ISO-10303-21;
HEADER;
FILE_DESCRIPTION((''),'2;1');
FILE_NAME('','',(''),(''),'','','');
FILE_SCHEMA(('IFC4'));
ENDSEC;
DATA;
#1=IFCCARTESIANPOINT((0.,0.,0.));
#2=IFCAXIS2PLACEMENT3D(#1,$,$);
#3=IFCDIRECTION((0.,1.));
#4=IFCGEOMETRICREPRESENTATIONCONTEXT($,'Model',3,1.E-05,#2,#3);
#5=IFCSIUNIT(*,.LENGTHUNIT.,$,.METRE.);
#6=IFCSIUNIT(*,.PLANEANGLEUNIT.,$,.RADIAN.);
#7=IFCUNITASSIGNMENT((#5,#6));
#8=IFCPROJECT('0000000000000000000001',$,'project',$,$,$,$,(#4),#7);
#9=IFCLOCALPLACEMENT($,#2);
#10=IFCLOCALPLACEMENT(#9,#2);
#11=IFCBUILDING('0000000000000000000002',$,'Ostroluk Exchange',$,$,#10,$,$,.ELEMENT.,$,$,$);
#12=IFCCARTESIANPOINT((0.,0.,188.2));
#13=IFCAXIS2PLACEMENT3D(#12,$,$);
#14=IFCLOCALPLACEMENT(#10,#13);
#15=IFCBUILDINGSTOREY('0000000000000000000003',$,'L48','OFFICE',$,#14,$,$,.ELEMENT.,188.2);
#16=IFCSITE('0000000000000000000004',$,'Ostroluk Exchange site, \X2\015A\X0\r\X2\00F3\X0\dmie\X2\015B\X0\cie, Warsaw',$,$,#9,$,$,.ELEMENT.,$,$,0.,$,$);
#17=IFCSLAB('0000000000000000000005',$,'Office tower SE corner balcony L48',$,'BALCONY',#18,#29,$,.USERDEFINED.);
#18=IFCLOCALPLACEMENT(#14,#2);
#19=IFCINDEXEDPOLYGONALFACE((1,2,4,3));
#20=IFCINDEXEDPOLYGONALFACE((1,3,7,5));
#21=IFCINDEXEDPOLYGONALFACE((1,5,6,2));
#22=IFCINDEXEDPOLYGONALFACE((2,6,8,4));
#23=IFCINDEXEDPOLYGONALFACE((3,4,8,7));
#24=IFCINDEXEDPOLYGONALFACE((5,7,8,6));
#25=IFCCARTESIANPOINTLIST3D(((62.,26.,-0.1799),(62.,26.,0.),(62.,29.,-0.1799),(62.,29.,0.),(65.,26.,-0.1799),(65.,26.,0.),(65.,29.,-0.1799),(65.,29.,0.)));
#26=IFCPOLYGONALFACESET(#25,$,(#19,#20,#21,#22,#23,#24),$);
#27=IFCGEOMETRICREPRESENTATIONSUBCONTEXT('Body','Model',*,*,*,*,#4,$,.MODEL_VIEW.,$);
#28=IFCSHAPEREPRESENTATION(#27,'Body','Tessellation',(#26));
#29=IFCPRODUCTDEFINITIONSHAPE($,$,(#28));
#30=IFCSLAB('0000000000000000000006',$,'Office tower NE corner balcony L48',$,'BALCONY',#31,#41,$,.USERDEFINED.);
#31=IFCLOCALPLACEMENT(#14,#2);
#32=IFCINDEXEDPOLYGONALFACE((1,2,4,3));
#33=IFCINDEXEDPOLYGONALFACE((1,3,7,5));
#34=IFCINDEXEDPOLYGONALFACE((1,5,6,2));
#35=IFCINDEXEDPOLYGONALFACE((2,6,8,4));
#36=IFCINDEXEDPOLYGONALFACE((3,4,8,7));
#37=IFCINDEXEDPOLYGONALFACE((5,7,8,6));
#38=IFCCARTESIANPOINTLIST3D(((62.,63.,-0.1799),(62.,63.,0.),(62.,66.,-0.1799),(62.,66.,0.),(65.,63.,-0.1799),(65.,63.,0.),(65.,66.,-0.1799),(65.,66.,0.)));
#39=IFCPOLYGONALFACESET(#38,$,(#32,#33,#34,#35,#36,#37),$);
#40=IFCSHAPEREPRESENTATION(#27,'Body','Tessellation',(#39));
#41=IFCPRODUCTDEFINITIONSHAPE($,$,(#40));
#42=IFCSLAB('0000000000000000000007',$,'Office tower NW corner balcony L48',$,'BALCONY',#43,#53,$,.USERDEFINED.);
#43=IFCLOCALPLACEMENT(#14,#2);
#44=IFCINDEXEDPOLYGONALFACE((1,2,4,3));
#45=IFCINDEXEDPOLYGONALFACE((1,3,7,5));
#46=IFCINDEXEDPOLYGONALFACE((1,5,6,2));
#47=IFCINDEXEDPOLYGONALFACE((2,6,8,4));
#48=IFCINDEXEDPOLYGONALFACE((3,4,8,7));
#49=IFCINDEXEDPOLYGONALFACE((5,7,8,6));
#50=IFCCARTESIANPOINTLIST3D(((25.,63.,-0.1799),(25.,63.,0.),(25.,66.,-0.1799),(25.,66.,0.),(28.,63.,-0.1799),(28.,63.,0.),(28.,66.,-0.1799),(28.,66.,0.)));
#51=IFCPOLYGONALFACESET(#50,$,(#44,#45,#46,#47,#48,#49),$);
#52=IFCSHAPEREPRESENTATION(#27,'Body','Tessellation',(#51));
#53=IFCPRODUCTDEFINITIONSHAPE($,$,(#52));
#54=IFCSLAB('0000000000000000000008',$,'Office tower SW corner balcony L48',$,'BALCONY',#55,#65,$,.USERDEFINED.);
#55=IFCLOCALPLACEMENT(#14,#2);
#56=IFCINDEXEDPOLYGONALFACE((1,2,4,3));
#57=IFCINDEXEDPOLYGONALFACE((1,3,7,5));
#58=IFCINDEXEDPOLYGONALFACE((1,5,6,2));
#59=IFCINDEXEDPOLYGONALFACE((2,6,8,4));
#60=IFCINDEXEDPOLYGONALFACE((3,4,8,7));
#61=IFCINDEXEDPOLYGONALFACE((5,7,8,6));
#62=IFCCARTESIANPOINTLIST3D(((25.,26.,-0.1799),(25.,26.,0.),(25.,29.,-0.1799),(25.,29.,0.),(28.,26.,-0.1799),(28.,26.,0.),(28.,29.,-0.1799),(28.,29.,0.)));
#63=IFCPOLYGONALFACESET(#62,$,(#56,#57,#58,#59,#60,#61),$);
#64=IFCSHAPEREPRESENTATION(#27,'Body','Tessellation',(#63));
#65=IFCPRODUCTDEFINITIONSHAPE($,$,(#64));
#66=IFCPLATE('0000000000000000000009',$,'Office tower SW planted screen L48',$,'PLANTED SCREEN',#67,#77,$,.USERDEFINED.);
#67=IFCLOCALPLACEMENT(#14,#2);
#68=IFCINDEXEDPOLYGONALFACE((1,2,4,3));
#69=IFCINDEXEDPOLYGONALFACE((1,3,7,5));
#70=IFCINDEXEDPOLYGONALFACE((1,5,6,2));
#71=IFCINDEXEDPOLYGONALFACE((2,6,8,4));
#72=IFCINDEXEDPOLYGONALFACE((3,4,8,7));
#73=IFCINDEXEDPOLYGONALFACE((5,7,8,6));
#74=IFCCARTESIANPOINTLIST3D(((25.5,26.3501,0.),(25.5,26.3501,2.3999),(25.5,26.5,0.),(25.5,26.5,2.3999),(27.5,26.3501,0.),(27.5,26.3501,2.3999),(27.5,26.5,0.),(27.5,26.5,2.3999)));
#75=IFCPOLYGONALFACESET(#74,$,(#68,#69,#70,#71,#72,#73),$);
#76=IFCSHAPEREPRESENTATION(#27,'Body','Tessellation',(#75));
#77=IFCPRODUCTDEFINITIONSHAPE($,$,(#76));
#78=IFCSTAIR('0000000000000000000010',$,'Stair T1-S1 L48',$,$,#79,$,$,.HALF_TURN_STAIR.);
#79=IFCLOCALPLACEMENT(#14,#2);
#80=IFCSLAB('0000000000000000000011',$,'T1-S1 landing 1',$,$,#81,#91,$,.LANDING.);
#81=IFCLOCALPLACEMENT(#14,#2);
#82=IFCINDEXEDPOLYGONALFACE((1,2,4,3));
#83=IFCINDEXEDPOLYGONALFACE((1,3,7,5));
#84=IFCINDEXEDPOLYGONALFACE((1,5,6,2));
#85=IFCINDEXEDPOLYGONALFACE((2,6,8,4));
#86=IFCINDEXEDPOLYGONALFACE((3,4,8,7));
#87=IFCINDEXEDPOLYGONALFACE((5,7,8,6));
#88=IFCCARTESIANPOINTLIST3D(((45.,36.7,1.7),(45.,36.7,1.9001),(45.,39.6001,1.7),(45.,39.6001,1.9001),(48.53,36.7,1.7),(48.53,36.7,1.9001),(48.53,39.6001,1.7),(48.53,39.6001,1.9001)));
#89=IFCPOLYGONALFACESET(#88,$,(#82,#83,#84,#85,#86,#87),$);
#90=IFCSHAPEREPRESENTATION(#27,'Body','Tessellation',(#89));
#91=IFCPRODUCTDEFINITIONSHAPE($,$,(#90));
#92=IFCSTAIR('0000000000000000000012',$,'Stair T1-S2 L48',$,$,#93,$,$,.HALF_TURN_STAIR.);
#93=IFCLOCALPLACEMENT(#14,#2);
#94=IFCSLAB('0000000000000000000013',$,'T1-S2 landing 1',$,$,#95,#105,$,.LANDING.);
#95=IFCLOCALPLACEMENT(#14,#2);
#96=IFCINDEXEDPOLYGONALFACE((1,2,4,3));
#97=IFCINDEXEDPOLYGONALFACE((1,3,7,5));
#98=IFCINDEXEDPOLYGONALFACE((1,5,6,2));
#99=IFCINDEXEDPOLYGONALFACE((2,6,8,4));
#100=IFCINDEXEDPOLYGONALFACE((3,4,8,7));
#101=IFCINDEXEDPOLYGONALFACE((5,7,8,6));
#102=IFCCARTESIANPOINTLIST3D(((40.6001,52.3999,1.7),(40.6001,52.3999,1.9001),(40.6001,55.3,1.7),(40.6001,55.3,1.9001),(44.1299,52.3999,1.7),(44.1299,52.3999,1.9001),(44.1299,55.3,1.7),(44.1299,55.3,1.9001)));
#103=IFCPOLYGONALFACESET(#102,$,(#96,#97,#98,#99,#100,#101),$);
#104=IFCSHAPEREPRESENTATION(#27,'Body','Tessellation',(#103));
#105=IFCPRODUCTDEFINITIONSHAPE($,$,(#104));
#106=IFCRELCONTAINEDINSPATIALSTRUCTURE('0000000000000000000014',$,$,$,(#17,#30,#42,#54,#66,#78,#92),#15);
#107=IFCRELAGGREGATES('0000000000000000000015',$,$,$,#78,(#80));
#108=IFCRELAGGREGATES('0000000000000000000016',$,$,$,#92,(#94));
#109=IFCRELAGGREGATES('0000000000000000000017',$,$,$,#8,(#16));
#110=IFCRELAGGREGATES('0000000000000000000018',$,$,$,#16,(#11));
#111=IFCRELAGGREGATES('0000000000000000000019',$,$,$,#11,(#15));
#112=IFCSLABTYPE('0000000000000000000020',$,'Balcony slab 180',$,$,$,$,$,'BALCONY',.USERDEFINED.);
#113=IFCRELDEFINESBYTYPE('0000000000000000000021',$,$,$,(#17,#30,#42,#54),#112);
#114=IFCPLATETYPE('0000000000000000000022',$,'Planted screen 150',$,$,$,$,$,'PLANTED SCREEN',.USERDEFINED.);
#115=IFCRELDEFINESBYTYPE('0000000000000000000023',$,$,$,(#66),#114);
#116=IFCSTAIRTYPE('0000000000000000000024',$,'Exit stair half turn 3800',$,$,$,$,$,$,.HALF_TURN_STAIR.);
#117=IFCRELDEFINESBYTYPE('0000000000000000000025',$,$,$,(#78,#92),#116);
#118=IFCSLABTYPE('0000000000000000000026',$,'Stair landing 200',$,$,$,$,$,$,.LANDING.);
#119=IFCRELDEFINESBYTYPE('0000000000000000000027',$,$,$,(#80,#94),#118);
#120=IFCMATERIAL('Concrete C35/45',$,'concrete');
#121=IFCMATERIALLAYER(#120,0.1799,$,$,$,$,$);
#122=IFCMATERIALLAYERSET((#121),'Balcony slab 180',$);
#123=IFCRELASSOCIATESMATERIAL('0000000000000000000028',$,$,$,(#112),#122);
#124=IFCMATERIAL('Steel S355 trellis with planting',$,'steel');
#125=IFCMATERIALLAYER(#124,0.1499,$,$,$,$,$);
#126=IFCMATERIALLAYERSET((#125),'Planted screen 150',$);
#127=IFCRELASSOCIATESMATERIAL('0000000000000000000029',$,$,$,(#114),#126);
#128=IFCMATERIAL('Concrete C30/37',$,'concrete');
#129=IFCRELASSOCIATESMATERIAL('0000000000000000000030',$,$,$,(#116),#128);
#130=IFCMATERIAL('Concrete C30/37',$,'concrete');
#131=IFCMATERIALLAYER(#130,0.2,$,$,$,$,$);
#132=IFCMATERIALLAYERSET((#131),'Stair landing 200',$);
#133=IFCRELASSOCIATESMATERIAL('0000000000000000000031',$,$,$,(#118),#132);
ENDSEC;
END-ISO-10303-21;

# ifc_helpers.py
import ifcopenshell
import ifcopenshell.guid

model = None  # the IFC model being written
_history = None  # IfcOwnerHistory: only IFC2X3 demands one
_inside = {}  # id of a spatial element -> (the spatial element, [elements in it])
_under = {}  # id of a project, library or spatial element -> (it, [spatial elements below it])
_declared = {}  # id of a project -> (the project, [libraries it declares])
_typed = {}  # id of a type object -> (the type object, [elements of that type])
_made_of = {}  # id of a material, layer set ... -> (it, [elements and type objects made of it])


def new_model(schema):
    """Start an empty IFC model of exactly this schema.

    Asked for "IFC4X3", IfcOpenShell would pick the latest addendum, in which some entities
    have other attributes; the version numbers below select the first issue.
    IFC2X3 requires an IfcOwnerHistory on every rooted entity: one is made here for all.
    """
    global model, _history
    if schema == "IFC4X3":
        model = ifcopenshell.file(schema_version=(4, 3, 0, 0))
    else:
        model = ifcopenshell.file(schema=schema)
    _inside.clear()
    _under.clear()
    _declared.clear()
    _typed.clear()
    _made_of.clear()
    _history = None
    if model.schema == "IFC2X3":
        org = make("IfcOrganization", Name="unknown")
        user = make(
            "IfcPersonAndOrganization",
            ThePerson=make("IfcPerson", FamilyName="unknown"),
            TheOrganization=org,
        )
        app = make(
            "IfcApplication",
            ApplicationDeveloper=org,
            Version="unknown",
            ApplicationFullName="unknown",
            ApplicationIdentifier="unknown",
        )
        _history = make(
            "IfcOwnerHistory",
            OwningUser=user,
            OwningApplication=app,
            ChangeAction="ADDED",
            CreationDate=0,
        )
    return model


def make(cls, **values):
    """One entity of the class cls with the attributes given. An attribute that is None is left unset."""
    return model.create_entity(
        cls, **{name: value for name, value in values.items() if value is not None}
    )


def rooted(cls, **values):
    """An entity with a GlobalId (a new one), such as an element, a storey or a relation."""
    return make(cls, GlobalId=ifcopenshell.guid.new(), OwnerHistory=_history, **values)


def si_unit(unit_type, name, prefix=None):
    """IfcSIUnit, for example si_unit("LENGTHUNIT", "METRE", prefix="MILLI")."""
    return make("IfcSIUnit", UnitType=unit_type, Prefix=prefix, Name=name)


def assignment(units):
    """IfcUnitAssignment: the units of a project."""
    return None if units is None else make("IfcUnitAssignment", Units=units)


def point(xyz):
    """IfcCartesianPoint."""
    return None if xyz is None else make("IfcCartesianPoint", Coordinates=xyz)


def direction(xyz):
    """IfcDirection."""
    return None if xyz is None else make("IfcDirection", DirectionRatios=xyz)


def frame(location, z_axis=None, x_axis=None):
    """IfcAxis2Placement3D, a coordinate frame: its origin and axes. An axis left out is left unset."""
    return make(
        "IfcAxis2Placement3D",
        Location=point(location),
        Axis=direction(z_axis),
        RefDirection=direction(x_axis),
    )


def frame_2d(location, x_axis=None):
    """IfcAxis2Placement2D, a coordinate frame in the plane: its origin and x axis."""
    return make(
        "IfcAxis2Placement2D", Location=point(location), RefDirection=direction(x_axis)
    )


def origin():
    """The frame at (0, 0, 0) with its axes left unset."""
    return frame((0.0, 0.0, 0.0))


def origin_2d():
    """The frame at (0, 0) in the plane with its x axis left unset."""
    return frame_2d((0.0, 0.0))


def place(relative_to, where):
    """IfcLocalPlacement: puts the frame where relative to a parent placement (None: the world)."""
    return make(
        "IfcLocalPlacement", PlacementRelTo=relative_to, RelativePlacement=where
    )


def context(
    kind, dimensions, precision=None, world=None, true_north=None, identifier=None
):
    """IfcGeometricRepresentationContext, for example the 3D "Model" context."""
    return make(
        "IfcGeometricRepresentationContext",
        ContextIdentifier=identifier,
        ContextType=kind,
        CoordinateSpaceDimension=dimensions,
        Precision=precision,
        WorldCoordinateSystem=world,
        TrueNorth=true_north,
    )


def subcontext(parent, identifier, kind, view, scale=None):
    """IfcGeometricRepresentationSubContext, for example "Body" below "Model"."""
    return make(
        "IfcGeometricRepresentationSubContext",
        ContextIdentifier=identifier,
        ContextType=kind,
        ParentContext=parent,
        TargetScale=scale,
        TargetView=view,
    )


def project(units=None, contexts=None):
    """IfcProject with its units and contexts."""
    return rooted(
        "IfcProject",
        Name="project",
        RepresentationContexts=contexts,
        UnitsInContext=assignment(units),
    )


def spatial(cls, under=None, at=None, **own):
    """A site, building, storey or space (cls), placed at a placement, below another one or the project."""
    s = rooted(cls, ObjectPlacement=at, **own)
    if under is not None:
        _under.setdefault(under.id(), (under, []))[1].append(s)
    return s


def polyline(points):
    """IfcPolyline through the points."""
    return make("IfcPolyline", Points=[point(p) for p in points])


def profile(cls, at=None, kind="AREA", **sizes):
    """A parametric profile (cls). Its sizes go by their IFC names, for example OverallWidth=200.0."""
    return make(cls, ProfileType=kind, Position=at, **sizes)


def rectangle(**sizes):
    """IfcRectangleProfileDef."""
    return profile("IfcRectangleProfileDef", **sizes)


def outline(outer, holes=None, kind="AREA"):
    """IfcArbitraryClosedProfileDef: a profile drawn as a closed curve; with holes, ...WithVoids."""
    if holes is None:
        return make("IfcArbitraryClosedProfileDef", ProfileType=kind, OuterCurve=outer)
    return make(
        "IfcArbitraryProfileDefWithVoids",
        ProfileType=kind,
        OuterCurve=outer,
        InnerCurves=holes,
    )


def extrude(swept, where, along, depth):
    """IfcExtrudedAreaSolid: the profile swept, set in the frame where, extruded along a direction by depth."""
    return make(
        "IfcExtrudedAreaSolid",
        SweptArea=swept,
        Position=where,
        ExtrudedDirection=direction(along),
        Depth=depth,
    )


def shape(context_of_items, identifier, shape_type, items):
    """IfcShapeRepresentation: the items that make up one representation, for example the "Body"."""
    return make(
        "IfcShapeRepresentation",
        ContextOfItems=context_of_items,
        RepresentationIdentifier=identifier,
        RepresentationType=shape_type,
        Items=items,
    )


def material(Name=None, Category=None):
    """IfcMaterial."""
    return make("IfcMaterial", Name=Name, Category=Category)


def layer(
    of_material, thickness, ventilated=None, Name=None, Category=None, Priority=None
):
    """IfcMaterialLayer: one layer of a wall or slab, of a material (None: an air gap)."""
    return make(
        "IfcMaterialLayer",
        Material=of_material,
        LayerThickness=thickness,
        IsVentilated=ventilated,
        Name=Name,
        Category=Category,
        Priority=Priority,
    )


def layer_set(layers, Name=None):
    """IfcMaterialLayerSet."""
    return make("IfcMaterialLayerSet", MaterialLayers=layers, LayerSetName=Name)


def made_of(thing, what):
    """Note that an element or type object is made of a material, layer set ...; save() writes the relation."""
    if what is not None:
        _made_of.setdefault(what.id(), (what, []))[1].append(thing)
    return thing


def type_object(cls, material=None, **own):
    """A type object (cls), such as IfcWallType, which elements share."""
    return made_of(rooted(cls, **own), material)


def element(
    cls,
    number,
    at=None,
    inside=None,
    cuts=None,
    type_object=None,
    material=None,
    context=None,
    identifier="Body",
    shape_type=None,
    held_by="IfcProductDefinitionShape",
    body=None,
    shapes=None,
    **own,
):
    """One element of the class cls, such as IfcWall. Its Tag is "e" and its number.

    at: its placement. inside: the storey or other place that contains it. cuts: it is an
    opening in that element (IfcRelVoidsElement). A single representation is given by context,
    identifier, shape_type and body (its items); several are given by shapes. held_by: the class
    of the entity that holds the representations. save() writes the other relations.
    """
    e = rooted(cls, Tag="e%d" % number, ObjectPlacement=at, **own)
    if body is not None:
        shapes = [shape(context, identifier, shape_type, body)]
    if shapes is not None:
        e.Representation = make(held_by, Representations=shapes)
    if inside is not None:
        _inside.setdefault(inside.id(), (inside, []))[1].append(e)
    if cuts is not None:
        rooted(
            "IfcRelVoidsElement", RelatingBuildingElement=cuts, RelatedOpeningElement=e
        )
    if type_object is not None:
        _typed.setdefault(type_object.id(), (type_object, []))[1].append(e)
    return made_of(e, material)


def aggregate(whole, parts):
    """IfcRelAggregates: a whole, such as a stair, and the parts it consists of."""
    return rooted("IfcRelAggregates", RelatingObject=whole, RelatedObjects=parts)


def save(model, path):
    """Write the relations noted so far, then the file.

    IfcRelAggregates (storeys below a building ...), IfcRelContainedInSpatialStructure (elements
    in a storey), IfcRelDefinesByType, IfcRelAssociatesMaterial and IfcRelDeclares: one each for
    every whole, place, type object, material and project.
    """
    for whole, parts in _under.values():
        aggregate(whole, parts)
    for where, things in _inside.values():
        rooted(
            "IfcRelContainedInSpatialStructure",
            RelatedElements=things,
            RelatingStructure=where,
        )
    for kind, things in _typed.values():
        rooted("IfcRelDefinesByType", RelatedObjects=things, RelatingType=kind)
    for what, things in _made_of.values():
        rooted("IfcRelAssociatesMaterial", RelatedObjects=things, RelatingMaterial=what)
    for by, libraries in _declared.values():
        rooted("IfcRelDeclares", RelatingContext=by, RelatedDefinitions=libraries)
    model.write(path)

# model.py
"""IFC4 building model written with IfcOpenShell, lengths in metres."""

from ifc_helpers import new_model, si_unit, direction, frame, origin, origin_2d, place, context, subcontext, project, spatial, polyline, rectangle, outline, extrude, material, layer, layer_set, type_object, element, aggregate, save


model = new_model("IFC4")

# Units and contexts
model_context = context("Model", 3, precision=1e-05, world=origin(), true_north=direction((0.0, 1.0)))
body_context = subcontext(model_context, "Body", "Model", "MODEL_VIEW")
ifc_project = project(units=[si_unit("LENGTHUNIT", "METRE"), si_unit("PLANEANGLEUNIT", "RADIAN")], contexts=[model_context])

# Site, building, storey
site_placement = place(None, origin())
site = spatial("IfcSite", under=ifc_project, at=site_placement, Name="Ostroluk Exchange site, Śródmieście, Warsaw", CompositionType="ELEMENT", RefElevation=0.0)
building_placement = place(site_placement, origin())
building = spatial("IfcBuilding", under=site, at=building_placement, Name="Ostroluk Exchange", CompositionType="ELEMENT")
storey_placement = place(building_placement, frame((0.0, 0.0, 188.2)))
storey = spatial("IfcBuildingStorey", under=building, at=storey_placement, Name="L48", Description="OFFICE", CompositionType="ELEMENT", Elevation=188.2)

# Slabs
ifc_material_1 = material(Name="Concrete C35/45", Category="concrete")
ifc_layer_1 = layer(ifc_material_1, 0.1799)
ifc_layer_set_1 = layer_set([ifc_layer_1], Name="Balcony slab 180")
slab_type_1 = type_object("IfcSlabType", Name="Balcony slab 180", ElementType="BALCONY", PredefinedType="USERDEFINED", material=ifc_layer_set_1)
slab_1_placement = place(storey_placement, frame((0.0, 0.0, -0.1799)))
element("IfcSlab", 1, at=slab_1_placement, inside=storey, type_object=slab_type_1, Name="Office tower SE corner balcony L48", ObjectType="BALCONY", PredefinedType="USERDEFINED", context=body_context, shape_type="SweptSolid", body=[
    extrude(outline(polyline([(62.0, 26.0), (65.0, 26.0), (65.0, 29.0), (62.0, 29.0), (62.0, 26.0)])), origin(), (0.0, 0.0, 1.0), 0.1799),
])
slab_2_placement = place(storey_placement, frame((0.0, 0.0, -0.1799)))
element("IfcSlab", 2, at=slab_2_placement, inside=storey, type_object=slab_type_1, Name="Office tower NE corner balcony L48", ObjectType="BALCONY", PredefinedType="USERDEFINED", context=body_context, shape_type="SweptSolid", body=[
    extrude(outline(polyline([(62.0, 63.0), (65.0, 63.0), (65.0, 66.0), (62.0, 66.0), (62.0, 63.0)])), origin(), (0.0, 0.0, 1.0), 0.1799),
])
slab_3_placement = place(storey_placement, frame((0.0, 0.0, -0.1799)))
element("IfcSlab", 3, at=slab_3_placement, inside=storey, type_object=slab_type_1, Name="Office tower NW corner balcony L48", ObjectType="BALCONY", PredefinedType="USERDEFINED", context=body_context, shape_type="SweptSolid", body=[
    extrude(outline(polyline([(25.0, 63.0), (28.0, 63.0), (28.0, 66.0), (25.0, 66.0), (25.0, 63.0)])), origin(), (0.0, 0.0, 1.0), 0.1799),
])
slab_4_placement = place(storey_placement, frame((0.0, 0.0, -0.1799)))
element("IfcSlab", 4, at=slab_4_placement, inside=storey, type_object=slab_type_1, Name="Office tower SW corner balcony L48", ObjectType="BALCONY", PredefinedType="USERDEFINED", context=body_context, shape_type="SweptSolid", body=[
    extrude(outline(polyline([(25.0, 26.0), (28.0, 26.0), (28.0, 29.0), (25.0, 29.0), (25.0, 26.0)])), origin(), (0.0, 0.0, 1.0), 0.1799),
])

# Plate
ifc_material_2 = material(Name="Steel S355 trellis with planting", Category="steel")
ifc_layer_2 = layer(ifc_material_2, 0.1499)
ifc_layer_set_2 = layer_set([ifc_layer_2], Name="Planted screen 150")
plate_type_1 = type_object("IfcPlateType", Name="Planted screen 150", ElementType="PLANTED SCREEN", PredefinedType="USERDEFINED", material=ifc_layer_set_2)
plate_1_placement = place(storey_placement, frame((26.5, 26.425, 0.0), z_axis=(0.0, 0.0, 1.0), x_axis=(1.0, 0.0, 0.0)))
element("IfcPlate", 5, at=plate_1_placement, inside=storey, type_object=plate_type_1, Name="Office tower SW planted screen L48", ObjectType="PLANTED SCREEN", PredefinedType="USERDEFINED", context=body_context, shape_type="SweptSolid", body=[
    extrude(rectangle(XDim=2.0, YDim=0.1499, at=origin_2d()), origin(), (0.0, 0.0, 1.0), 2.3999),
])

# Stairs, slabs
ifc_material_3 = material(Name="Concrete C30/37", Category="concrete")
stair_type = type_object("IfcStairType", Name="Exit stair half turn 3800", PredefinedType="HALF_TURN_STAIR", material=ifc_material_3)
stair_1_placement = place(storey_placement, origin())
stair_1 = element("IfcStair", 6, at=stair_1_placement, inside=storey, type_object=stair_type, Name="Stair T1-S1 L48", PredefinedType="HALF_TURN_STAIR")
ifc_material_4 = material(Name="Concrete C30/37", Category="concrete")
ifc_layer_3 = layer(ifc_material_4, 0.2)
ifc_layer_set_3 = layer_set([ifc_layer_3], Name="Stair landing 200")
slab_type_2 = type_object("IfcSlabType", Name="Stair landing 200", PredefinedType="LANDING", material=ifc_layer_set_3)
slab_5_placement = place(storey_placement, frame((0.0, 0.0, 1.7)))
slab_5 = element("IfcSlab", 7, at=slab_5_placement, type_object=slab_type_2, Name="T1-S1 landing 1", PredefinedType="LANDING", context=body_context, shape_type="SweptSolid", body=[
    extrude(outline(polyline([(45.0, 36.7), (45.0, 39.6001), (48.53, 39.6001), (48.53, 36.7), (45.0, 36.7)])), origin(), (0.0, 0.0, 1.0), 0.2002),
])
aggregate(stair_1, [slab_5])
stair_2_placement = place(storey_placement, origin())
stair_2 = element("IfcStair", 8, at=stair_2_placement, inside=storey, type_object=stair_type, Name="Stair T1-S2 L48", PredefinedType="HALF_TURN_STAIR")
slab_6_placement = place(storey_placement, frame((0.0, 0.0, 1.7)))
slab_6 = element("IfcSlab", 9, at=slab_6_placement, type_object=slab_type_2, Name="T1-S2 landing 1", PredefinedType="LANDING", context=body_context, shape_type="SweptSolid", body=[
    extrude(outline(polyline([(44.1299, 52.3999), (44.1299, 55.3), (40.6001, 55.3), (40.6001, 52.3999), (44.1299, 52.3999)])), origin(), (0.0, 0.0, 1.0), 0.2002),
])
aggregate(stair_2, [slab_6])

save(model, "model.ifc")
